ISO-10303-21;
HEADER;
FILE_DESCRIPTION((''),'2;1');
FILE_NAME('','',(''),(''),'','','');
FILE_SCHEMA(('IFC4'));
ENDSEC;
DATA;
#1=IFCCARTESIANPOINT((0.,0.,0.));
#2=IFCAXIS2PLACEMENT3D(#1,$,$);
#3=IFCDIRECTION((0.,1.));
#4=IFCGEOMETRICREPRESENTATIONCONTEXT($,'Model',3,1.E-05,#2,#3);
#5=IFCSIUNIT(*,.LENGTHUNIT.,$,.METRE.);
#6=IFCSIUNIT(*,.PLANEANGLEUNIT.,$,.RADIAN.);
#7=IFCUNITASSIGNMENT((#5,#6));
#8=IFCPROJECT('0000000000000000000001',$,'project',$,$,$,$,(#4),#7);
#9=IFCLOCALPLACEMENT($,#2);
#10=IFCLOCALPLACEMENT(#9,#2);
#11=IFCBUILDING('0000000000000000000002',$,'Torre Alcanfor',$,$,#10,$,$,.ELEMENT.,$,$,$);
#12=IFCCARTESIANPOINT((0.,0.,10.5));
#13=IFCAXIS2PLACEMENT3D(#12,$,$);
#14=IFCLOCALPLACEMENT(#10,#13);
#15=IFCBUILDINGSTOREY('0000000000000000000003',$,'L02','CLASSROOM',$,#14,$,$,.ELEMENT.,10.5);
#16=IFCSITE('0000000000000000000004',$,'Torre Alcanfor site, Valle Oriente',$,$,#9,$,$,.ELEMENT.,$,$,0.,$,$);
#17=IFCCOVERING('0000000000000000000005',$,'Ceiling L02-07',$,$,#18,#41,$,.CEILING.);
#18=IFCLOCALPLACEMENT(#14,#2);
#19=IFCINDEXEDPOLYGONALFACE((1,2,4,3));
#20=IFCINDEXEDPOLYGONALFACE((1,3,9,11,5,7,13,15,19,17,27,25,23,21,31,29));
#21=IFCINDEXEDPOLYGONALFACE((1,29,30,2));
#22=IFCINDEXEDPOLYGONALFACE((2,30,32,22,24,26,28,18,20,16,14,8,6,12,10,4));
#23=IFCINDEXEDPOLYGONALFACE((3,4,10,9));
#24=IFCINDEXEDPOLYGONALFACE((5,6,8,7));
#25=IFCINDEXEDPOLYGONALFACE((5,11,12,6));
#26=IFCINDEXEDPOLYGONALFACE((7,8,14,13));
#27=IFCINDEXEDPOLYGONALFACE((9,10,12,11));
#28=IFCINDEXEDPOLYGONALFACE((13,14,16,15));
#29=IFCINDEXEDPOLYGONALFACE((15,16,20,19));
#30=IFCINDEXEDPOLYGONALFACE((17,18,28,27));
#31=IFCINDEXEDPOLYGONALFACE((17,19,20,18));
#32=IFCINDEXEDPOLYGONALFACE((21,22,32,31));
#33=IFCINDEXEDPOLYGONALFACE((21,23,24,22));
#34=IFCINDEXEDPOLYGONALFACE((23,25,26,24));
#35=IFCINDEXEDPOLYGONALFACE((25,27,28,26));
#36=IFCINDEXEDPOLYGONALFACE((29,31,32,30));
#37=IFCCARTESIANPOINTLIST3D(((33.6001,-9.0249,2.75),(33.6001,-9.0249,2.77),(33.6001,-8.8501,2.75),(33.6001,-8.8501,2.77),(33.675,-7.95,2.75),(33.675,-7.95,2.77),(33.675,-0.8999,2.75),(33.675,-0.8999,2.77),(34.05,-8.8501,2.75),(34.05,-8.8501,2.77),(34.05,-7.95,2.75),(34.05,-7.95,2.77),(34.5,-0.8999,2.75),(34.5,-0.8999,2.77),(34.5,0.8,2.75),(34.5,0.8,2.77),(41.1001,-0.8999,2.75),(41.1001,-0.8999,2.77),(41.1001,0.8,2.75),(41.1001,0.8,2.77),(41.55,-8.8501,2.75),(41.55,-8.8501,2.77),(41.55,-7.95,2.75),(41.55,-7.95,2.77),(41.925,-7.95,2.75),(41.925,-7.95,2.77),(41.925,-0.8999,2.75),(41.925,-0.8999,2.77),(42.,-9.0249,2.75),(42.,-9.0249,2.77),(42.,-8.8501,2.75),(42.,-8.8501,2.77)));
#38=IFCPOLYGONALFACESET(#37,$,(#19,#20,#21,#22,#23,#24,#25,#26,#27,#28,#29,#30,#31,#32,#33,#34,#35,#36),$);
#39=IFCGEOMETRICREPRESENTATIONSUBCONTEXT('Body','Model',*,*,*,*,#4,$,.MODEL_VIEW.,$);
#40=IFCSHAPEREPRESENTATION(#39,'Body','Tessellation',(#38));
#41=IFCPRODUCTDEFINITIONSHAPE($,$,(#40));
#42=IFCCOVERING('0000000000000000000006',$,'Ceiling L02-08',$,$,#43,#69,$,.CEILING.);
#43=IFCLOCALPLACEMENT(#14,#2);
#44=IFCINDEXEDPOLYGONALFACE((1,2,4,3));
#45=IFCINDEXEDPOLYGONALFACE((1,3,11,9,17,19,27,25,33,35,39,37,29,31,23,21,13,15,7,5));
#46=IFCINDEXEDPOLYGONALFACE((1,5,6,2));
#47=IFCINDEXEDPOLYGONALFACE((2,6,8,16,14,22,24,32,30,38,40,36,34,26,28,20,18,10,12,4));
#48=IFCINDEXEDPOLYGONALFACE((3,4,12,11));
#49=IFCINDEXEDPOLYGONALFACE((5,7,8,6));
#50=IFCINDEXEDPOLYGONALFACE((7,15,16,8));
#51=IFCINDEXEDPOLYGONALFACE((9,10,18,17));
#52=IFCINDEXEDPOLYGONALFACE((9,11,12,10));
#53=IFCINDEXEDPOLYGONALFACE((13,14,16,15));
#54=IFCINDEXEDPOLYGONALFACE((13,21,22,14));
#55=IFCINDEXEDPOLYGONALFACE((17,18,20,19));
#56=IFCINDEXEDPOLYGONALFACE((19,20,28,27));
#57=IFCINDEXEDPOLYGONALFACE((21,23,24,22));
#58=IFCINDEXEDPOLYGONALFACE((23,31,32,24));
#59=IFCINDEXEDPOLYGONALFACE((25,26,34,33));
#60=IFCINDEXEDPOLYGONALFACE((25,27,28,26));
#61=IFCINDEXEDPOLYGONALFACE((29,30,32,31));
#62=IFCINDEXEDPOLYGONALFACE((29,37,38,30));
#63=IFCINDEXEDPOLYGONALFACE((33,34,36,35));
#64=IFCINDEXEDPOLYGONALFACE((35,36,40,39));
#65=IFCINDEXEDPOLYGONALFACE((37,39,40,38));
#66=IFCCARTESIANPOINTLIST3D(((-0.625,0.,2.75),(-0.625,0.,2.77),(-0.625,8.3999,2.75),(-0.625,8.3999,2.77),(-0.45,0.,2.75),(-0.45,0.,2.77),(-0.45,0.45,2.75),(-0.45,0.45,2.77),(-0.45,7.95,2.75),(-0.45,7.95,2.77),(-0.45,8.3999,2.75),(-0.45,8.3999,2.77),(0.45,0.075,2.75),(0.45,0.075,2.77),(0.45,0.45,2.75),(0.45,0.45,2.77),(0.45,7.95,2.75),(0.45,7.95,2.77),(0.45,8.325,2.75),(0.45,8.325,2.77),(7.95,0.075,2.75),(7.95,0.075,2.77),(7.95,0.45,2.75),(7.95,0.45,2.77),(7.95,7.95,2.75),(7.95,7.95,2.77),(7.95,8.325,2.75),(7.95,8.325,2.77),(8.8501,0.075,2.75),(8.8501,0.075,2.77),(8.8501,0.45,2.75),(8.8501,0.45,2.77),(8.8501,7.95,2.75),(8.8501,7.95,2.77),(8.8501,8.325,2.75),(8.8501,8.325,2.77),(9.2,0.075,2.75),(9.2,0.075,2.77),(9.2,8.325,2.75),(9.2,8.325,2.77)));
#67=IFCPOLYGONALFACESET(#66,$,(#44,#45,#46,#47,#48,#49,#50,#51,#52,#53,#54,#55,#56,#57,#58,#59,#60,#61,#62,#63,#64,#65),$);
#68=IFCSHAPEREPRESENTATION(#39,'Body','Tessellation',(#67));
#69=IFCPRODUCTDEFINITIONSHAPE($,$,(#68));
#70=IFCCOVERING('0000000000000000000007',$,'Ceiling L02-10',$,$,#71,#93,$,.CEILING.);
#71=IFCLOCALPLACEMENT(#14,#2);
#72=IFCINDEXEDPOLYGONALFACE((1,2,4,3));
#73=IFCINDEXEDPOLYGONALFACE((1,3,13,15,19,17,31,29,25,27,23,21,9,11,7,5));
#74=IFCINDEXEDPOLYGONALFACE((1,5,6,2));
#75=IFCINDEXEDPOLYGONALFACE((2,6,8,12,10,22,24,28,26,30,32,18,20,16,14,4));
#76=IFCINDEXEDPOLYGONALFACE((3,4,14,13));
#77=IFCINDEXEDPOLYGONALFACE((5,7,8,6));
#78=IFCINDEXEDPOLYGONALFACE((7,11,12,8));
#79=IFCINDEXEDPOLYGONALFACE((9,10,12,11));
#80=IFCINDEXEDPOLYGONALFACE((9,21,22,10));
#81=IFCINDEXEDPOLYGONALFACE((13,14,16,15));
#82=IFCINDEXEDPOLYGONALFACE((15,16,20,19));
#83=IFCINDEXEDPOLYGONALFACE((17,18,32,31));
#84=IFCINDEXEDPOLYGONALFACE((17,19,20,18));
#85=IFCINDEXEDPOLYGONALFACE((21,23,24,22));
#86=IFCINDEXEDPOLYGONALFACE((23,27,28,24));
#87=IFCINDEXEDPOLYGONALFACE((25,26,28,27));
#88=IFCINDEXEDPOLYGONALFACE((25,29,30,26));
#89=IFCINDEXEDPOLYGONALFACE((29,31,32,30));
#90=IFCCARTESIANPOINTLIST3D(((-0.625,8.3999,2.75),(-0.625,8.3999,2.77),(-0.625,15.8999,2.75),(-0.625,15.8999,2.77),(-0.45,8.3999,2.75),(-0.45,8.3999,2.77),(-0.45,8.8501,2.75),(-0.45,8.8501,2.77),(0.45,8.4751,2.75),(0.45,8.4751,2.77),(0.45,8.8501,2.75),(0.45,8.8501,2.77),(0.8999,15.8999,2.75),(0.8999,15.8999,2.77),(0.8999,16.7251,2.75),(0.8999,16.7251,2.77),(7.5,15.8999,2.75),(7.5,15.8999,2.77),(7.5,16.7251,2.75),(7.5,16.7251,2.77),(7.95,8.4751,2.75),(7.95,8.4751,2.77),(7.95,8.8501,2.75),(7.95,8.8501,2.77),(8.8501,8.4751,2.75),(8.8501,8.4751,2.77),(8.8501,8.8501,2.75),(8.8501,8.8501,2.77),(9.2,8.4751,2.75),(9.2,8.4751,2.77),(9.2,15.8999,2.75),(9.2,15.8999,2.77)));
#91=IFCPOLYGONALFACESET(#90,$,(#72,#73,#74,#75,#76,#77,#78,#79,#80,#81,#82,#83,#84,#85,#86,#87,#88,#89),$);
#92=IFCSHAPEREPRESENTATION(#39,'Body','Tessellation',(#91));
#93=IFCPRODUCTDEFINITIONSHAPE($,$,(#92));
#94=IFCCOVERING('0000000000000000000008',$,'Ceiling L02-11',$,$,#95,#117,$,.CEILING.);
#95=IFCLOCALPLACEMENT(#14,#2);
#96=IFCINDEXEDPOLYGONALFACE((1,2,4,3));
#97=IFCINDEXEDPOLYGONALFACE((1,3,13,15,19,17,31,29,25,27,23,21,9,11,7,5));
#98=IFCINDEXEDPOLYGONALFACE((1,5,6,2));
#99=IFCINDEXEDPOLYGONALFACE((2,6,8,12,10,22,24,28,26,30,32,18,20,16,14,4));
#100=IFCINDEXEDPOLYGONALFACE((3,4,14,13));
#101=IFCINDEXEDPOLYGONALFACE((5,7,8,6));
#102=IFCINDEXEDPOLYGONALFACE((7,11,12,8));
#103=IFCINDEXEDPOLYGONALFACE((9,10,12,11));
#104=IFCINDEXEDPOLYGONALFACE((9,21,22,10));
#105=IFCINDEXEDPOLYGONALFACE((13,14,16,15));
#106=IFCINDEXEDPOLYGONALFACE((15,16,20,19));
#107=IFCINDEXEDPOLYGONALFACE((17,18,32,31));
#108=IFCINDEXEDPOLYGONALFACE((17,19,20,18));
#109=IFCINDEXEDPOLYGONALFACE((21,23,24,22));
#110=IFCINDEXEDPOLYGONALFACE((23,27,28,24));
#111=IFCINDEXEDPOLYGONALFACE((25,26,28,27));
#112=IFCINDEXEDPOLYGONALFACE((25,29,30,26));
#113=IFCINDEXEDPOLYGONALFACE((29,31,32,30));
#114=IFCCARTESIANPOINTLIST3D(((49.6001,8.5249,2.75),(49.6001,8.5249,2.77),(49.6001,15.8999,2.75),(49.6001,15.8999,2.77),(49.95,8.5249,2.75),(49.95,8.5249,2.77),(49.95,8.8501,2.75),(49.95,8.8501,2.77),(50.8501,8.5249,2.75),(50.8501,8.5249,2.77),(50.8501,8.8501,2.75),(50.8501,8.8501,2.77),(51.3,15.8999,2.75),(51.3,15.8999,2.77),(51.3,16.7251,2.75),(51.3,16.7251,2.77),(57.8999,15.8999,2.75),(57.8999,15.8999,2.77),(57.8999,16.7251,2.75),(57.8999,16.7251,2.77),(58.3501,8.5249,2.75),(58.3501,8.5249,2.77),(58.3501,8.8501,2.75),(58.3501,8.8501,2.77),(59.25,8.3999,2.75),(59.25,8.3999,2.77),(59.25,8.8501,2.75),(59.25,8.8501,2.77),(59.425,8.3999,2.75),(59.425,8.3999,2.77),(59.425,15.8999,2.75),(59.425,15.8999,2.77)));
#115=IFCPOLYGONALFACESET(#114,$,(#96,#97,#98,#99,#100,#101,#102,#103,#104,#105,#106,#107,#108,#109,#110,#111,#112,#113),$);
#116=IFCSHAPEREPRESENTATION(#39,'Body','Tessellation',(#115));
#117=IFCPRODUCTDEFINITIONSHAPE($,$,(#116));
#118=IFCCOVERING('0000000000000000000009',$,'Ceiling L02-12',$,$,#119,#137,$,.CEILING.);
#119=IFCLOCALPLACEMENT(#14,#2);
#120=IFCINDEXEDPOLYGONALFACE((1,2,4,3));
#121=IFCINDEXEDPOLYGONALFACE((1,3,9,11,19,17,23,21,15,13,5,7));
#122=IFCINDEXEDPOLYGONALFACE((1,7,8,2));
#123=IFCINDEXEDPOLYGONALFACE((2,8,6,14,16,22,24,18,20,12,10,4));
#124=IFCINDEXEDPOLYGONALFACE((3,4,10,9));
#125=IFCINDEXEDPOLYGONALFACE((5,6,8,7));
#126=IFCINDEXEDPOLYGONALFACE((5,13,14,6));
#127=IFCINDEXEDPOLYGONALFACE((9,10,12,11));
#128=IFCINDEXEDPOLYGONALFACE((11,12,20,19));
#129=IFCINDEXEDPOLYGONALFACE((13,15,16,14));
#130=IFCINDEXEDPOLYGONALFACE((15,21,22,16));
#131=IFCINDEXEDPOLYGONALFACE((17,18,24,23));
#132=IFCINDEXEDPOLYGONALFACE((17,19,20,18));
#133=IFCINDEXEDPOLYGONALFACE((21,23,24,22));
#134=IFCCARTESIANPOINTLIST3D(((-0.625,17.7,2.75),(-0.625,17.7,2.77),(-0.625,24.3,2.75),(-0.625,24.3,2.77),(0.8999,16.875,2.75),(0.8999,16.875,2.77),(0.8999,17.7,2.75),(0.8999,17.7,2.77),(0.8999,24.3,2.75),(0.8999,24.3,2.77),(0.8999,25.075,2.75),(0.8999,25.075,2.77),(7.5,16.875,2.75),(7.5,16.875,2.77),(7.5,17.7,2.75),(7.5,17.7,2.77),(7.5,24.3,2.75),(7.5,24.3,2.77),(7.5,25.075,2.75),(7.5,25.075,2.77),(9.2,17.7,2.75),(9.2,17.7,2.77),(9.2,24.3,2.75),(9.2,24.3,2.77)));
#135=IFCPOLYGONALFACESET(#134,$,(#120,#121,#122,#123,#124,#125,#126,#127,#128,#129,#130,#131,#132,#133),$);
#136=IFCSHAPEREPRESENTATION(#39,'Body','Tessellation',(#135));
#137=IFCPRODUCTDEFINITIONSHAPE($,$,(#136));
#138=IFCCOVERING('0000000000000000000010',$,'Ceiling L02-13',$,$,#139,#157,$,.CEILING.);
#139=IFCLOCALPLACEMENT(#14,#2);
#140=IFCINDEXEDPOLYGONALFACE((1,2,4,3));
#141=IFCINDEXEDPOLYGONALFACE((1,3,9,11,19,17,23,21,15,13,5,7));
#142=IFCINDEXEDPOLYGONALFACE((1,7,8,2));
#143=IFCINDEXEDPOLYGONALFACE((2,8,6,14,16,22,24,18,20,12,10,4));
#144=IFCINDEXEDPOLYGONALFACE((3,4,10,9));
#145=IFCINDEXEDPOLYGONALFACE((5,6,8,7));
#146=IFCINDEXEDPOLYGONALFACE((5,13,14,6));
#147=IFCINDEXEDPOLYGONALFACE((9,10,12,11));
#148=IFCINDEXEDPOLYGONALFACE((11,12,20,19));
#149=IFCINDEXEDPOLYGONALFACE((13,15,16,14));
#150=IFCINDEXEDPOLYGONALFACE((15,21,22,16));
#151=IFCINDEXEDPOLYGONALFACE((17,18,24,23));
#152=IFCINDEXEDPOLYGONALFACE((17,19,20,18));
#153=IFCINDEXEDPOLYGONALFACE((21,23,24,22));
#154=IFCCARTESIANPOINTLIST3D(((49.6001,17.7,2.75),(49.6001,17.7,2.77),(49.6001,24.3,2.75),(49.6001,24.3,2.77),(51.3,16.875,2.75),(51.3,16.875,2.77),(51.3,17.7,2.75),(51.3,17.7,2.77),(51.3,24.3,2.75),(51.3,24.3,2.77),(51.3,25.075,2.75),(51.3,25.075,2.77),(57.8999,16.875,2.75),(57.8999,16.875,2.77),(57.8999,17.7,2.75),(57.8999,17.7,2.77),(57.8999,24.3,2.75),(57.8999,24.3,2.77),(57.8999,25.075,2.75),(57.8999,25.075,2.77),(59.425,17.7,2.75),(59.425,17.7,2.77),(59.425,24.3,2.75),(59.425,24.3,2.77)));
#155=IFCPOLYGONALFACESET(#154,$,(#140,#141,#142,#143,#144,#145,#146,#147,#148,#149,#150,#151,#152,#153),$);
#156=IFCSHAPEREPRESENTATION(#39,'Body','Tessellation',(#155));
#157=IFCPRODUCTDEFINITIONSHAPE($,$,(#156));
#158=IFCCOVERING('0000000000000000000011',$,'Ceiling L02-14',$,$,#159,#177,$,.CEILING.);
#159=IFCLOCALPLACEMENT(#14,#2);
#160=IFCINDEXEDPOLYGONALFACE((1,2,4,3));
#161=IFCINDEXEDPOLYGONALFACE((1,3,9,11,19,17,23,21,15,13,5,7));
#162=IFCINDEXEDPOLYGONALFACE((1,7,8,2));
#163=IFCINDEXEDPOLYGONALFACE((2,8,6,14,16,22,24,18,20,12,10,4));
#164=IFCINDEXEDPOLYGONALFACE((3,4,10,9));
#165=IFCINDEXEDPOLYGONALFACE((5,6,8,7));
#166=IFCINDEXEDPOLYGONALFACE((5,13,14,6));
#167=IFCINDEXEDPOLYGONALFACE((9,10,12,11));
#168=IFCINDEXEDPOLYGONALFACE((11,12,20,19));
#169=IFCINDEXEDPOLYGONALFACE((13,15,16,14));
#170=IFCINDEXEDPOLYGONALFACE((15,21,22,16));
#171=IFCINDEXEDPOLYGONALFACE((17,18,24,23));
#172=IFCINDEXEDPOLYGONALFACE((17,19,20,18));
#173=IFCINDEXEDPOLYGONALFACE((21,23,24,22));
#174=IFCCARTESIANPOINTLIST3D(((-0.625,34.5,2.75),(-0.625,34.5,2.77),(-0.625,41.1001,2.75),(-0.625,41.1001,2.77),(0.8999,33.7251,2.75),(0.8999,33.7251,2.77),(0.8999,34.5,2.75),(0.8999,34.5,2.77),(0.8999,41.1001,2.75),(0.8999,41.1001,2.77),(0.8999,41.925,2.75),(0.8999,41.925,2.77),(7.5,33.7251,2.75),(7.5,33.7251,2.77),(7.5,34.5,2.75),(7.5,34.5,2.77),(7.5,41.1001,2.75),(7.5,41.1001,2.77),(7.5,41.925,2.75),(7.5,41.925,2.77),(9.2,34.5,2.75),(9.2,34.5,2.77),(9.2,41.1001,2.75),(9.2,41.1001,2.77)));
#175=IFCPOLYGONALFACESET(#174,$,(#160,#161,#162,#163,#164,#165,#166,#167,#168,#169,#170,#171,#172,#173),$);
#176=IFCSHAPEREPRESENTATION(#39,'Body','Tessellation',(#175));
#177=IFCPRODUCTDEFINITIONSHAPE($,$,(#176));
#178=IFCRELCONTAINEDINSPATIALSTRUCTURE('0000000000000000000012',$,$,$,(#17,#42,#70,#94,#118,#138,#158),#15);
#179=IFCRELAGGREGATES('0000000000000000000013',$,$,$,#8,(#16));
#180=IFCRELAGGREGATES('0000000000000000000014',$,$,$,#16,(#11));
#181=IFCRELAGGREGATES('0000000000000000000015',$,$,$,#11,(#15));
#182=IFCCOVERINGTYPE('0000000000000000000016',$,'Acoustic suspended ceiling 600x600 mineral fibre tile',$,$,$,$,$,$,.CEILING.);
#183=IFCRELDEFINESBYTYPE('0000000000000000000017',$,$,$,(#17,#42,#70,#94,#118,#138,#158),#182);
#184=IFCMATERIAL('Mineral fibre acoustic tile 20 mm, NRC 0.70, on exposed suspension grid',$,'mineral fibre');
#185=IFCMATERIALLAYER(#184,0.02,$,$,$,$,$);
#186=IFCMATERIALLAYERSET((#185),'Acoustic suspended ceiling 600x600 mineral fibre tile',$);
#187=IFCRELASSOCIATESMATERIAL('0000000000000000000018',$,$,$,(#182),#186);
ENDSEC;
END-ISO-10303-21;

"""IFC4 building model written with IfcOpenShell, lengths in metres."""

from ifc_helpers import new_model, si_unit, direction, frame, origin, place, context, subcontext, project, spatial, polyline, outline, extrude, material, layer, layer_set, type_object, element, save


model = new_model("IFC4")

# Units and contexts
model_context = context("Model", 3, precision=1e-05, world=origin(), true_north=direction((0.0, 1.0)))
body_context = subcontext(model_context, "Body", "Model", "MODEL_VIEW")
ifc_project = project(units=[si_unit("LENGTHUNIT", "METRE"), si_unit("PLANEANGLEUNIT", "RADIAN")], contexts=[model_context])

# Site, building, storey
site_placement = place(None, origin())
site = spatial("IfcSite", under=ifc_project, at=site_placement, Name="Torre Alcanfor site, Valle Oriente", CompositionType="ELEMENT", RefElevation=0.0)
building_placement = place(site_placement, origin())
building = spatial("IfcBuilding", under=site, at=building_placement, Name="Torre Alcanfor", CompositionType="ELEMENT")
storey_placement = place(building_placement, frame((0.0, 0.0, 10.5)))
storey = spatial("IfcBuildingStorey", under=building, at=storey_placement, Name="L02", Description="CLASSROOM", CompositionType="ELEMENT", Elevation=10.5)

# Coverings
ifc_material_1 = material(Name="Mineral fibre acoustic tile 20 mm, NRC 0.70, on exposed suspension grid", Category="mineral fibre")
ifc_layer_1 = layer(ifc_material_1, 0.02)
ifc_layer_set_1 = layer_set([ifc_layer_1], Name="Acoustic suspended ceiling 600x600 mineral fibre tile")
covering_type = type_object("IfcCoveringType", Name="Acoustic suspended ceiling 600x600 mineral fibre tile", PredefinedType="CEILING", material=ifc_layer_set_1)
covering_1_placement = place(storey_placement, frame((0.0, 0.0, 2.75)))
element("IfcCovering", 1, at=covering_1_placement, inside=storey, type_object=covering_type, Name="Ceiling L02-07", PredefinedType="CEILING", context=body_context, shape_type="SweptSolid", body=[
    extrude(outline(polyline([(41.925, -0.8999), (41.1001, -0.8999), (41.1001, 0.8), (34.5, 0.8), (34.5, -0.8999), (33.675, -0.8999), (33.675, -7.95), (34.05, -7.95), (34.05, -8.8501), (33.6001, -8.8501), (33.6001, -9.0249), (42.0, -9.0249), (42.0, -8.8501), (41.55, -8.8501), (41.55, -7.95), (41.925, -7.95), (41.925, -0.8999)])), origin(), (0.0, 0.0, 1.0), 0.02),
])
covering_2_placement = place(storey_placement, frame((0.0, 0.0, 2.75)))
element("IfcCovering", 2, at=covering_2_placement, inside=storey, type_object=covering_type, Name="Ceiling L02-08", PredefinedType="CEILING", context=body_context, shape_type="SweptSolid", body=[
    extrude(outline(polyline([(-0.45, 7.95), (-0.45, 8.3999), (-0.625, 8.3999), (-0.625, 0.0), (-0.45, 0.0), (-0.45, 0.45), (0.45, 0.45), (0.45, 0.075), (7.95, 0.075), (7.95, 0.45), (8.8501, 0.45), (8.8501, 0.075), (9.2, 0.075), (9.2, 8.325), (8.8501, 8.325), (8.8501, 7.95), (7.95, 7.95), (7.95, 8.325), (0.45, 8.325), (0.45, 7.95), (-0.45, 7.95)])), origin(), (0.0, 0.0, 1.0), 0.02),
])
covering_3_placement = place(storey_placement, frame((0.0, 0.0, 2.75)))
element("IfcCovering", 3, at=covering_3_placement, inside=storey, type_object=covering_type, Name="Ceiling L02-10", PredefinedType="CEILING", context=body_context, shape_type="SweptSolid", body=[
    extrude(outline(polyline([(0.8999, 16.7251), (0.8999, 15.8999), (-0.625, 15.8999), (-0.625, 8.3999), (-0.45, 8.3999), (-0.45, 8.8501), (0.45, 8.8501), (0.45, 8.4751), (7.95, 8.4751), (7.95, 8.8501), (8.8501, 8.8501), (8.8501, 8.4751), (9.2, 8.4751), (9.2, 15.8999), (7.5, 15.8999), (7.5, 16.7251), (0.8999, 16.7251)])), origin(), (0.0, 0.0, 1.0), 0.02),
])
covering_4_placement = place(storey_placement, frame((0.0, 0.0, 2.75)))
element("IfcCovering", 4, at=covering_4_placement, inside=storey, type_object=covering_type, Name="Ceiling L02-11", PredefinedType="CEILING", context=body_context, shape_type="SweptSolid", body=[
    extrude(outline(polyline([(59.25, 8.8501), (59.25, 8.3999), (59.425, 8.3999), (59.425, 15.8999), (57.8999, 15.8999), (57.8999, 16.7251), (51.3, 16.7251), (51.3, 15.8999), (49.6001, 15.8999), (49.6001, 8.5249), (49.95, 8.5249), (49.95, 8.8501), (50.8501, 8.8501), (50.8501, 8.5249), (58.3501, 8.5249), (58.3501, 8.8501), (59.25, 8.8501)])), origin(), (0.0, 0.0, 1.0), 0.02),
])
covering_5_placement = place(storey_placement, frame((0.0, 0.0, 2.75)))
element("IfcCovering", 5, at=covering_5_placement, inside=storey, type_object=covering_type, Name="Ceiling L02-12", PredefinedType="CEILING", context=body_context, shape_type="SweptSolid", body=[
    extrude(outline(polyline([(0.8999, 25.075), (0.8999, 24.3), (-0.625, 24.3), (-0.625, 17.7), (0.8999, 17.7), (0.8999, 16.875), (7.5, 16.875), (7.5, 17.7), (9.2, 17.7), (9.2, 24.3), (7.5, 24.3), (7.5, 25.075), (0.8999, 25.075)])), origin(), (0.0, 0.0, 1.0), 0.02),
])
covering_6_placement = place(storey_placement, frame((0.0, 0.0, 2.75)))
element("IfcCovering", 6, at=covering_6_placement, inside=storey, type_object=covering_type, Name="Ceiling L02-13", PredefinedType="CEILING", context=body_context, shape_type="SweptSolid", body=[
    extrude(outline(polyline([(57.8999, 16.875), (57.8999, 17.7), (59.425, 17.7), (59.425, 24.3), (57.8999, 24.3), (57.8999, 25.075), (51.3, 25.075), (51.3, 24.3), (49.6001, 24.3), (49.6001, 17.7), (51.3, 17.7), (51.3, 16.875), (57.8999, 16.875)])), origin(), (0.0, 0.0, 1.0), 0.02),
])
covering_7_placement = place(storey_placement, frame((0.0, 0.0, 2.75)))
element("IfcCovering", 7, at=covering_7_placement, inside=storey, type_object=covering_type, Name="Ceiling L02-14", PredefinedType="CEILING", context=body_context, shape_type="SweptSolid", body=[
    extrude(outline(polyline([(0.8999, 41.925), (0.8999, 41.1001), (-0.625, 41.1001), (-0.625, 34.5), (0.8999, 34.5), (0.8999, 33.7251), (7.5, 33.7251), (7.5, 34.5), (9.2, 34.5), (9.2, 41.1001), (7.5, 41.1001), (7.5, 41.925), (0.8999, 41.925)])), origin(), (0.0, 0.0, 1.0), 0.02),
])

save(model, "model.ifc")
